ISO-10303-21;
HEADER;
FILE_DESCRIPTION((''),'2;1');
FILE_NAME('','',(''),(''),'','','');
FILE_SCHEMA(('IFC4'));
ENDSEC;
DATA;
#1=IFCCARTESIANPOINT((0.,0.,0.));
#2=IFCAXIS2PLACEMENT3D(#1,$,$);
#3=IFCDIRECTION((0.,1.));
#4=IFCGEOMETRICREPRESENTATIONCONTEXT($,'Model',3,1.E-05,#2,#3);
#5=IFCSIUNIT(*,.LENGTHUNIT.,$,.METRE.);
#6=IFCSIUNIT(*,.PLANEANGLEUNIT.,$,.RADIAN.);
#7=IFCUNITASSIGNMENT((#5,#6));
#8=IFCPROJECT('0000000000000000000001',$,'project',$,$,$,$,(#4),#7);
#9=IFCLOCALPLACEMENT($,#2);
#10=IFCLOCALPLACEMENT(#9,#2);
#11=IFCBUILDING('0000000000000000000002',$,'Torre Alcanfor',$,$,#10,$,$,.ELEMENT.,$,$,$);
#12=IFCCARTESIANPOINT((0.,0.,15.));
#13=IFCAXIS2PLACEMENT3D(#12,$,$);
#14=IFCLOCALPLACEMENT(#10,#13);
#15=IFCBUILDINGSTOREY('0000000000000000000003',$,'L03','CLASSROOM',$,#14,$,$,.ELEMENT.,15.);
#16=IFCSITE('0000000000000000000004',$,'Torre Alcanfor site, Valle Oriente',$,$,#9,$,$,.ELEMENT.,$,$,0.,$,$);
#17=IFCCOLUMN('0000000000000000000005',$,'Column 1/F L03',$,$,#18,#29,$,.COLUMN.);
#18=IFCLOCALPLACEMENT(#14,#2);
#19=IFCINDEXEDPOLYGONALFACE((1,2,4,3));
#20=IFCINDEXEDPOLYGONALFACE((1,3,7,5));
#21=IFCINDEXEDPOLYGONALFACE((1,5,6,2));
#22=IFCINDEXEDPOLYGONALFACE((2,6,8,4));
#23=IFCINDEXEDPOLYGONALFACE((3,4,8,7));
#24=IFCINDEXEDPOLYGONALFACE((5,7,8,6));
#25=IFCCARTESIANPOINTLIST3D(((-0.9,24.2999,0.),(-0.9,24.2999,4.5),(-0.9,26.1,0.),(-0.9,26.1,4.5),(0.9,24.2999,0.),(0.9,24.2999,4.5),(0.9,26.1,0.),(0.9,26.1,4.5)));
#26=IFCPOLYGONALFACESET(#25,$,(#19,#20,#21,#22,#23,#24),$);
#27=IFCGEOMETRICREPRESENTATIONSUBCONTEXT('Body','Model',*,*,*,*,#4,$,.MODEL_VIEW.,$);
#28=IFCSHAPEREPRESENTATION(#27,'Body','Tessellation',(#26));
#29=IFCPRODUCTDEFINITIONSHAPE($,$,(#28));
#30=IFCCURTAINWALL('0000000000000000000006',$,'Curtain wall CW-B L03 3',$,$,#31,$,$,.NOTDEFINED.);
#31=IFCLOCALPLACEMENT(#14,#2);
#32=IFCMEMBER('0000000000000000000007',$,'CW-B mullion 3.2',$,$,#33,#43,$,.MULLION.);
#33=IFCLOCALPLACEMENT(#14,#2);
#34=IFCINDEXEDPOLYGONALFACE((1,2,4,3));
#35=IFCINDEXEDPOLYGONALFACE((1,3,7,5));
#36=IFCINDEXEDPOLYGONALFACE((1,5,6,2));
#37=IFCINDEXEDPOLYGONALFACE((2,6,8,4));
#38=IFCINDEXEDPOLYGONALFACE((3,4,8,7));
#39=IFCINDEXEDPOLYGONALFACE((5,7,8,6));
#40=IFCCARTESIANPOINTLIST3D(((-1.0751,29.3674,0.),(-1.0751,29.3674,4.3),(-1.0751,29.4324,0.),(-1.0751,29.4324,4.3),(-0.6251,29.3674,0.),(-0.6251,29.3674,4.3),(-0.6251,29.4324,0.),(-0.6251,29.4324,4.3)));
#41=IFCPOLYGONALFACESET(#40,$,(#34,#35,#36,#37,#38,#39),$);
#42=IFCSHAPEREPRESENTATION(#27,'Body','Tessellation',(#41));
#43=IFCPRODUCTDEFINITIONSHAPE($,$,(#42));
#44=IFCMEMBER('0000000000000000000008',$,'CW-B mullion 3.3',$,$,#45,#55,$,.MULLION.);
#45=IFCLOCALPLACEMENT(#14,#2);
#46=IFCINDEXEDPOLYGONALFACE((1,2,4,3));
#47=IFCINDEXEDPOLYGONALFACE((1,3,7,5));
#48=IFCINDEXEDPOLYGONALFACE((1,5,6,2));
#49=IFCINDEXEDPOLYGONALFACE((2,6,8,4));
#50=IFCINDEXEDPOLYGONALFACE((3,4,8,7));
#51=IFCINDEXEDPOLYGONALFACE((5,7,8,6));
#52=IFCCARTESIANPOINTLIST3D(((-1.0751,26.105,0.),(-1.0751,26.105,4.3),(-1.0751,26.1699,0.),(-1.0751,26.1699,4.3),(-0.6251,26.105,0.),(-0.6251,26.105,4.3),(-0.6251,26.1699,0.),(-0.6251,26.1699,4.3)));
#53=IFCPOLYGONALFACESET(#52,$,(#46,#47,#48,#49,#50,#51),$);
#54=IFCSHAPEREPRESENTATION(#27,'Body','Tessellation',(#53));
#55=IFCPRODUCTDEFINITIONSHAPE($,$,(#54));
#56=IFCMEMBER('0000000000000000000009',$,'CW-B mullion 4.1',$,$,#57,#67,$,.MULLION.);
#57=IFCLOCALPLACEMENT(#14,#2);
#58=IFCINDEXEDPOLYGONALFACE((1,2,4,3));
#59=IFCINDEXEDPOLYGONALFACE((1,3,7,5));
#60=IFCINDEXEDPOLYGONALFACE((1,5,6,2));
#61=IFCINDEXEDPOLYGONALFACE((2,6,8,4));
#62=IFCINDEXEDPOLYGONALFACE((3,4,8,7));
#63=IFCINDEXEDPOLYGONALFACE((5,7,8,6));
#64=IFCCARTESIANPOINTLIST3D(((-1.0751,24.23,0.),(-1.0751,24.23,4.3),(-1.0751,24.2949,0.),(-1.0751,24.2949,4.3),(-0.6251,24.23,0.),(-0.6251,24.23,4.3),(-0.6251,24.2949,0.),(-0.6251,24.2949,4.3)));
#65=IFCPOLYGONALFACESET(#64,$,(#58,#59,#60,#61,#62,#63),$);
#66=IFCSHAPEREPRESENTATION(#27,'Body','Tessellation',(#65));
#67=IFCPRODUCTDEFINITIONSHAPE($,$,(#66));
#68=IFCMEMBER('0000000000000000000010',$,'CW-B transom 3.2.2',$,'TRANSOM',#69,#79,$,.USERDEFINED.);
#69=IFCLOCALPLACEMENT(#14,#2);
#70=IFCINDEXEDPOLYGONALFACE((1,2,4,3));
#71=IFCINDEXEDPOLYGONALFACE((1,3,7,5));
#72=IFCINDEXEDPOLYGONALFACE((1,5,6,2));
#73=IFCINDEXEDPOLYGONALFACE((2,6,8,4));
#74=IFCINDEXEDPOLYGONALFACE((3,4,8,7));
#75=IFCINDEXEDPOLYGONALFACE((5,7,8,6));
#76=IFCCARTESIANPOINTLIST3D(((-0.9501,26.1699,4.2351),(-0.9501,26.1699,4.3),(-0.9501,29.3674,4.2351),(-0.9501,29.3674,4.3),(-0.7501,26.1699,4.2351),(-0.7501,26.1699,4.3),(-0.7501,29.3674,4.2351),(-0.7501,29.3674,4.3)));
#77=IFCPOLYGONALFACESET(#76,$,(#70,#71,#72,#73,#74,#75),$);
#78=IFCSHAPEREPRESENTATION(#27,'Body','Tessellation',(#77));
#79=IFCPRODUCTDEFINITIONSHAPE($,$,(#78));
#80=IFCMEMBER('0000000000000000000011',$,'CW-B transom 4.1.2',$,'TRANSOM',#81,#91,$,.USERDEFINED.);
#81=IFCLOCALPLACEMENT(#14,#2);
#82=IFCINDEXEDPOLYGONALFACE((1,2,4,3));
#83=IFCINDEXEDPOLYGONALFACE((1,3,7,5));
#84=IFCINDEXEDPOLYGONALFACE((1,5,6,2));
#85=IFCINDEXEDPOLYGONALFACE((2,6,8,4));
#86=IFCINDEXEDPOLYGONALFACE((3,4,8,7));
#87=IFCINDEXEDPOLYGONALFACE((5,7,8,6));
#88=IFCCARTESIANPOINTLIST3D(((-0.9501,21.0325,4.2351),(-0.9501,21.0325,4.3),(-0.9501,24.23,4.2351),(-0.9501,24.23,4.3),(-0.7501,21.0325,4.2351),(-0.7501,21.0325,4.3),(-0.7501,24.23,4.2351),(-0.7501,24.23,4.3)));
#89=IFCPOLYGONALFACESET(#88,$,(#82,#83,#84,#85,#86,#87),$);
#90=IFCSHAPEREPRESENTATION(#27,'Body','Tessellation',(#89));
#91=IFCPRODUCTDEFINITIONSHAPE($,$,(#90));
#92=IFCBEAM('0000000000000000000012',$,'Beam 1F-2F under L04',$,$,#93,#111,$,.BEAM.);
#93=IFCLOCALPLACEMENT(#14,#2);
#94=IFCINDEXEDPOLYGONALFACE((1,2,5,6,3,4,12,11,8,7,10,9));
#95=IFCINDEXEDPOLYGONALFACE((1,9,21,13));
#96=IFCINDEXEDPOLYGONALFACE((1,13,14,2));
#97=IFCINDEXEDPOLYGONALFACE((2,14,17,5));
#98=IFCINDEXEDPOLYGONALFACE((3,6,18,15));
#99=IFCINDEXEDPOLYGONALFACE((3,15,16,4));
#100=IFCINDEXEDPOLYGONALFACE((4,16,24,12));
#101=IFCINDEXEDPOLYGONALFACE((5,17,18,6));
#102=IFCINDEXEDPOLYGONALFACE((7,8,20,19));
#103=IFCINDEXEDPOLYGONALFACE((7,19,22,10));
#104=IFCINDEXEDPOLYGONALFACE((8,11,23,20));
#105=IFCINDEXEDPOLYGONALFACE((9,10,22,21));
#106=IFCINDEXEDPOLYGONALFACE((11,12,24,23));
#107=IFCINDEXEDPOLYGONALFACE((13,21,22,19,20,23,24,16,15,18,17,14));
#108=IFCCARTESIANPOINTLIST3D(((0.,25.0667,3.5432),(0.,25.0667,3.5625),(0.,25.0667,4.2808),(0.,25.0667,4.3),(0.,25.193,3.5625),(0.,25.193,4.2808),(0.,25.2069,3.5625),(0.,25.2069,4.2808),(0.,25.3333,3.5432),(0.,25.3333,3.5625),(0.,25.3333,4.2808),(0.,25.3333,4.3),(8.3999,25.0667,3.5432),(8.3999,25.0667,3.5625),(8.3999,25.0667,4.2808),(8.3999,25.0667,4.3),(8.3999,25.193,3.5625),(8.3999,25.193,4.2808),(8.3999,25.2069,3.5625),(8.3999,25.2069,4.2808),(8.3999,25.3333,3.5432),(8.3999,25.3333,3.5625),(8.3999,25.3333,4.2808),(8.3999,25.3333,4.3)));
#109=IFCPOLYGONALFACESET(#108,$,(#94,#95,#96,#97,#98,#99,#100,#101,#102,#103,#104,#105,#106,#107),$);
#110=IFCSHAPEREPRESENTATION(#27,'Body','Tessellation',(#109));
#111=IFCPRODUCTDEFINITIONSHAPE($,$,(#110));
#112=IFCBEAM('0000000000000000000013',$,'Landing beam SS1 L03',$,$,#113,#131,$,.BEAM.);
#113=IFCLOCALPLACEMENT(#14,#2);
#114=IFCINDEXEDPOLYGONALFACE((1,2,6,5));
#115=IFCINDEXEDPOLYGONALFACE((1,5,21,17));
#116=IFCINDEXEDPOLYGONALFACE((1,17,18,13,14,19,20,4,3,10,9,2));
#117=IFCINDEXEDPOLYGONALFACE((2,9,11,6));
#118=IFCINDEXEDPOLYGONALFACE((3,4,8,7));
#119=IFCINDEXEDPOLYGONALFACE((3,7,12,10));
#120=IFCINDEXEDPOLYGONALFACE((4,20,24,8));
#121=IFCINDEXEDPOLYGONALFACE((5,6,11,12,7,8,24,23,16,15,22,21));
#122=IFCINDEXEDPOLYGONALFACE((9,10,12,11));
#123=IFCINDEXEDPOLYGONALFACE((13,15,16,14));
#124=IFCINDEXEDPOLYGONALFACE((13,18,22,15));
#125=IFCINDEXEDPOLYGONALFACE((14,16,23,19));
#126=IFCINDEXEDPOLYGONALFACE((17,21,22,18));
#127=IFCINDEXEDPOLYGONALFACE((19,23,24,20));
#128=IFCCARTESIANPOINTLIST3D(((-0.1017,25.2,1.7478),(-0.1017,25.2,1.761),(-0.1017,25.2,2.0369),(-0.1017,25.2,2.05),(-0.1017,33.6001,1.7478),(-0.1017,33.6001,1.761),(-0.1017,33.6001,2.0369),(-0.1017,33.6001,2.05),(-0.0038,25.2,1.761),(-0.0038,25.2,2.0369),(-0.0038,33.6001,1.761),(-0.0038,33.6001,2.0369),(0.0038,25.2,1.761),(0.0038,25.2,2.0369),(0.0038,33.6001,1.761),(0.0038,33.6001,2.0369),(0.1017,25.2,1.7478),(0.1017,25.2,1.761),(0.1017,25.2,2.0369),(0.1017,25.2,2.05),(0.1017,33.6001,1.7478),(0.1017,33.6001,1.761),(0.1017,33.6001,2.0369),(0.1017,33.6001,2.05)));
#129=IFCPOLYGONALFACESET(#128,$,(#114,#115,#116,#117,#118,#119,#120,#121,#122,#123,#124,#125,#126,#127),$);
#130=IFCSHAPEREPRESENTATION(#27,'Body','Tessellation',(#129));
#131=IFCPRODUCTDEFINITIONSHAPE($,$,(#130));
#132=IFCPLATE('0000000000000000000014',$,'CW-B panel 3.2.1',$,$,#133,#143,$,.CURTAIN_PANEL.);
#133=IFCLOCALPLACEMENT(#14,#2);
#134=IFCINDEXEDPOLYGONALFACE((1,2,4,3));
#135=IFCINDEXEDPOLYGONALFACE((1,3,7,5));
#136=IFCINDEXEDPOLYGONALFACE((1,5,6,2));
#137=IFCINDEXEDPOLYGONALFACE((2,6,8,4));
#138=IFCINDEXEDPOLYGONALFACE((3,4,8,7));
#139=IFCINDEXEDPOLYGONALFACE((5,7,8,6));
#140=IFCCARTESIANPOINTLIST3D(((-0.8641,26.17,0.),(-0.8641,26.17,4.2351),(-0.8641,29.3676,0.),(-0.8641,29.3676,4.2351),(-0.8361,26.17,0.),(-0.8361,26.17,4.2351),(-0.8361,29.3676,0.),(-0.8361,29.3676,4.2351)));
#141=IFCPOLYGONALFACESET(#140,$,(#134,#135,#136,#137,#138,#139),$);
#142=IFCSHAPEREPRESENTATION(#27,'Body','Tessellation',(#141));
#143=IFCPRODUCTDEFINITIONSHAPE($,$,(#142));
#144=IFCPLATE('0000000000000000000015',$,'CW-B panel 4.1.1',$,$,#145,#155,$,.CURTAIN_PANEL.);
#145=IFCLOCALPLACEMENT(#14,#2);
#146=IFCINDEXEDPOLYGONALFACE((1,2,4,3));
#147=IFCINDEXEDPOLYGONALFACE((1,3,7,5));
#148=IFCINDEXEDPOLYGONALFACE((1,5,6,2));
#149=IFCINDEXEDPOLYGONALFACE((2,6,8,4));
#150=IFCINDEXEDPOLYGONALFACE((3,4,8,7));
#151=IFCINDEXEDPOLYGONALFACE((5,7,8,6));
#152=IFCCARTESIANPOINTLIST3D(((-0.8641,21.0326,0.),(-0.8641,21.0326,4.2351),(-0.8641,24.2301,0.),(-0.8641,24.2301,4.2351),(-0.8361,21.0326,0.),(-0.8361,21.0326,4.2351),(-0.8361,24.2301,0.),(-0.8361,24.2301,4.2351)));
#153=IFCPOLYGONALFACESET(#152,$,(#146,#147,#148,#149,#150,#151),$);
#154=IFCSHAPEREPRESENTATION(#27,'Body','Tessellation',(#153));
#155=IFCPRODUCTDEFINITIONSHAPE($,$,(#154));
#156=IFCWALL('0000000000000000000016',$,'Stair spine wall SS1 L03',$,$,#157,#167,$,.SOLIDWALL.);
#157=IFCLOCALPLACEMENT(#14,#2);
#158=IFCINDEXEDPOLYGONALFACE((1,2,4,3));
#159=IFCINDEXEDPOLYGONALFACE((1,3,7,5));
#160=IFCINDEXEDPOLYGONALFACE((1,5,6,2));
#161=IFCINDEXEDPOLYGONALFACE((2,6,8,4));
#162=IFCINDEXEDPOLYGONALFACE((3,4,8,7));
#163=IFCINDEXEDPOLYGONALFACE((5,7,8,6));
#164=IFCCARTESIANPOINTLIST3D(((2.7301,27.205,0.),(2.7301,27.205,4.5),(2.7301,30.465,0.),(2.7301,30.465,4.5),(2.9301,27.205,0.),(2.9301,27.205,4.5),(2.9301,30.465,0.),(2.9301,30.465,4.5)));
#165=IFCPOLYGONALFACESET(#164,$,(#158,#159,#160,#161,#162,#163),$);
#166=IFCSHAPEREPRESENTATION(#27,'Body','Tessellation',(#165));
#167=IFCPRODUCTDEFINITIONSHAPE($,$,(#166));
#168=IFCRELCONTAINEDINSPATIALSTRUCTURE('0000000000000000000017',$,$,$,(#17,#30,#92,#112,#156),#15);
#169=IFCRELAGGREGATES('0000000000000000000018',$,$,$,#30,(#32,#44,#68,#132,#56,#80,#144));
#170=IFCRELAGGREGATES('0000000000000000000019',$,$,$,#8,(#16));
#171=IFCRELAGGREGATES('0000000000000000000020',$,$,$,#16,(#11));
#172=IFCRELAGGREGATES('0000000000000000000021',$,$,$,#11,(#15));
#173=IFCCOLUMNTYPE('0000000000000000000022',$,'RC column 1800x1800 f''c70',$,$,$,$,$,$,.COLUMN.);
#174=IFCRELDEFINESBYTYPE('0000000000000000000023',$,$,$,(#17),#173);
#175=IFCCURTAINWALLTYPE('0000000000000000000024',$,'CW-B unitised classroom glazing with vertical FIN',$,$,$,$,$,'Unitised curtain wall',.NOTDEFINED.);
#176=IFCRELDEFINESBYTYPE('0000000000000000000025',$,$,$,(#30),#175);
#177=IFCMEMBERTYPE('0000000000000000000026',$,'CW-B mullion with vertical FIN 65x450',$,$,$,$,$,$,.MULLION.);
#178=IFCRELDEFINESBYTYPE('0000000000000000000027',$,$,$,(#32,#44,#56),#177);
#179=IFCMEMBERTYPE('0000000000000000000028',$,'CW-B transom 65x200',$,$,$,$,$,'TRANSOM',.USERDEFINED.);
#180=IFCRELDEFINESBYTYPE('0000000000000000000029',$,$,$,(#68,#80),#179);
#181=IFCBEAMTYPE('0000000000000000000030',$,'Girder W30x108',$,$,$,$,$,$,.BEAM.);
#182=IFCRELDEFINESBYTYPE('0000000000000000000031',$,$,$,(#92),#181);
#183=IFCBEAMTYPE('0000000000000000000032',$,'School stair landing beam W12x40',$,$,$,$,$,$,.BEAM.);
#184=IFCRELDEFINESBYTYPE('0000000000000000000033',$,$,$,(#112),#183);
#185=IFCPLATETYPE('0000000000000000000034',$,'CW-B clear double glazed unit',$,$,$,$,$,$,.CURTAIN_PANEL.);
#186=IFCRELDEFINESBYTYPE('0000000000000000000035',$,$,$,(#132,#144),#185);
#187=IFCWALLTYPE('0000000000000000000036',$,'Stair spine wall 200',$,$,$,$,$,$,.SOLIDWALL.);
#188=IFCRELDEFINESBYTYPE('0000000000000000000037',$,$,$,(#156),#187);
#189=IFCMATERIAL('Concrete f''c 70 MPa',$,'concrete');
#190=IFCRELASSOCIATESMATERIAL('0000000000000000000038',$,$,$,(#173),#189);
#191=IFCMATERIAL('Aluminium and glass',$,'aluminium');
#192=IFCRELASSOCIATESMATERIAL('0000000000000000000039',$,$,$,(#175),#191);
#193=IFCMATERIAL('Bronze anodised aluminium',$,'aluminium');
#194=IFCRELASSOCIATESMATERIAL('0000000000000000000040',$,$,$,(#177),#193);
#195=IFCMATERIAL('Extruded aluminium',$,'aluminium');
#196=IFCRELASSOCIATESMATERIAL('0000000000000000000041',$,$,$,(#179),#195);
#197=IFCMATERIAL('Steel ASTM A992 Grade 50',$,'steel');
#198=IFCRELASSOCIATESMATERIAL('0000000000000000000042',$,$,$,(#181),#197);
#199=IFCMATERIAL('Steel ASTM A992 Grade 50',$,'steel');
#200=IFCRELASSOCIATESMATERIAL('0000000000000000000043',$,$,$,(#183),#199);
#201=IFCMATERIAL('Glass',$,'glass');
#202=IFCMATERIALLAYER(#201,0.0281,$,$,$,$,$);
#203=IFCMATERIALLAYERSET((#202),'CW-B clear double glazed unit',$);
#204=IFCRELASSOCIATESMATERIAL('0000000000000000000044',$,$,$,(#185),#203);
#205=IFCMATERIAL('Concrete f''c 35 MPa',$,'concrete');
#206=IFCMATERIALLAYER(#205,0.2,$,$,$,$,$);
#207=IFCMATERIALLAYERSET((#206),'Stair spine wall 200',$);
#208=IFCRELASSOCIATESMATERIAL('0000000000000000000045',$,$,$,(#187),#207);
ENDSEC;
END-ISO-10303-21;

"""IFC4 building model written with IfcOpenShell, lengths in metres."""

from ifc_helpers import new_model, si_unit, direction, frame, frame_2d, origin, origin_2d, place, context, subcontext, project, spatial, rectangle, i_section, extrude, material, layer, layer_set, material_profile, profile_set, type_object, element, aggregate, save


model = new_model("IFC4")

# Units and contexts
model_context = context("Model", 3, precision=1e-05, world=origin(), true_north=direction((0.0, 1.0)))
body_context = subcontext(model_context, "Body", "Model", "MODEL_VIEW")
ifc_project = project(units=[si_unit("LENGTHUNIT", "METRE"), si_unit("PLANEANGLEUNIT", "RADIAN")], contexts=[model_context])

# Site, building, storey
site_placement = place(None, origin())
site = spatial("IfcSite", under=ifc_project, at=site_placement, Name="Torre Alcanfor site, Valle Oriente", CompositionType="ELEMENT", RefElevation=0.0)
building_placement = place(site_placement, origin())
building = spatial("IfcBuilding", under=site, at=building_placement, Name="Torre Alcanfor", CompositionType="ELEMENT")
storey_placement = place(building_placement, frame((0.0, 0.0, 15.0)))
storey = spatial("IfcBuildingStorey", under=building, at=storey_placement, Name="L03", Description="CLASSROOM", CompositionType="ELEMENT", Elevation=15.0)

# Column
ifc_material_1 = material(Name="Concrete f'c 70 MPa", Category="concrete")
ifc_material_profile_1 = material_profile(ifc_material_1, rectangle(XDim=1.8, YDim=1.8, at=origin_2d()), Name="1800x1800")
ifc_profile_set_1 = profile_set([ifc_material_profile_1], Name="Concrete f'c 70 MPa")
column_type = type_object("IfcColumnType", Name="RC column 1800x1800 f'c70", PredefinedType="COLUMN", material=ifc_profile_set_1)
column_placement = place(storey_placement, frame((0.0, 25.2, 0.0), z_axis=(0.0, 0.0, 1.0), x_axis=(1.0, 0.0, 0.0)))
element("IfcColumn", 1, at=column_placement, inside=storey, type_object=column_type, Name="Column 1/F L03", PredefinedType="COLUMN", context=body_context, shape_type="SweptSolid", body=[
    extrude(rectangle(XDim=1.8, YDim=1.8, at=origin_2d()), origin(), (0.0, 0.0, 1.0), 4.5),
])

# Curtain wall, members
ifc_material_2 = material(Name="Aluminium and glass", Category="aluminium")
curtain_wall_type = type_object("IfcCurtainWallType", Name="CW-B unitised classroom glazing with vertical FIN", ElementType="Unitised curtain wall", PredefinedType="NOTDEFINED", material=ifc_material_2)
curtain_wall_placement = place(storey_placement, origin())
curtain_wall = element("IfcCurtainWall", 2, at=curtain_wall_placement, inside=storey, type_object=curtain_wall_type, Name="Curtain wall CW-B L03 3", PredefinedType="NOTDEFINED")
ifc_material_3 = material(Name="Bronze anodised aluminium", Category="aluminium")
ifc_material_profile_2 = material_profile(ifc_material_3, rectangle(XDim=0.45, YDim=0.0649, at=origin_2d()), Name="CW-B mullion 65x450")
ifc_profile_set_2 = profile_set([ifc_material_profile_2], Name="Bronze anodised aluminium")
member_type_1 = type_object("IfcMemberType", Name="CW-B mullion with vertical FIN 65x450", PredefinedType="MULLION", material=ifc_profile_set_2)
member_1_placement = place(storey_placement, frame((-0.8501, 29.3999, 0.0), z_axis=(0.0, 0.0, 1.0), x_axis=(1.0, 0.0, 0.0)))
member_1 = element("IfcMember", 3, at=member_1_placement, type_object=member_type_1, Name="CW-B mullion 3.2", PredefinedType="MULLION", context=body_context, shape_type="SweptSolid", body=[
    extrude(rectangle(XDim=0.45, YDim=0.0649, at=origin_2d()), origin(), (0.0, 0.0, 1.0), 4.3),
])
member_2_placement = place(storey_placement, frame((-0.8501, 26.1375, 0.0), z_axis=(0.0, 0.0, 1.0), x_axis=(1.0, 0.0, 0.0)))
member_2 = element("IfcMember", 4, at=member_2_placement, type_object=member_type_1, Name="CW-B mullion 3.3", PredefinedType="MULLION", context=body_context, shape_type="SweptSolid", body=[
    extrude(rectangle(XDim=0.45, YDim=0.0649, at=origin_2d()), origin(), (0.0, 0.0, 1.0), 4.3),
])
member_3_placement = place(storey_placement, frame((-0.8501, 24.2625, 0.0), z_axis=(0.0, 0.0, 1.0), x_axis=(1.0, 0.0, 0.0)))
member_3 = element("IfcMember", 5, at=member_3_placement, type_object=member_type_1, Name="CW-B mullion 4.1", PredefinedType="MULLION", context=body_context, shape_type="SweptSolid", body=[
    extrude(rectangle(XDim=0.45, YDim=0.0649, at=origin_2d()), origin(), (0.0, 0.0, 1.0), 4.3),
])
ifc_material_4 = material(Name="Extruded aluminium", Category="aluminium")
ifc_material_profile_3 = material_profile(ifc_material_4, rectangle(XDim=0.2, YDim=0.0649, at=origin_2d()), Name="CW-B transom 200x65")
ifc_profile_set_3 = profile_set([ifc_material_profile_3], Name="Extruded aluminium")
member_type_2 = type_object("IfcMemberType", Name="CW-B transom 65x200", ElementType="TRANSOM", PredefinedType="USERDEFINED", material=ifc_profile_set_3)
member_4_placement = place(storey_placement, frame((-0.8501, 29.3674, 4.2676), z_axis=(0.0, -1.0, 0.0), x_axis=(1.0, 0.0, 0.0)))
member_4 = element("IfcMember", 6, at=member_4_placement, type_object=member_type_2, Name="CW-B transom 3.2.2", ObjectType="TRANSOM", PredefinedType="USERDEFINED", context=body_context, shape_type="SweptSolid", body=[
    extrude(rectangle(XDim=0.2, YDim=0.0649, at=origin_2d()), origin(), (0.0, 0.0, 1.0), 3.1975),
])
member_5_placement = place(storey_placement, frame((-0.8501, 24.23, 4.2676), z_axis=(0.0, -1.0, 0.0), x_axis=(1.0, 0.0, 0.0)))
member_5 = element("IfcMember", 7, at=member_5_placement, type_object=member_type_2, Name="CW-B transom 4.1.2", ObjectType="TRANSOM", PredefinedType="USERDEFINED", context=body_context, shape_type="SweptSolid", body=[
    extrude(rectangle(XDim=0.2, YDim=0.0649, at=origin_2d()), origin(), (0.0, 0.0, 1.0), 3.1975),
])

# Beams
ifc_material_5 = material(Name="Steel ASTM A992 Grade 50", Category="steel")
ifc_material_profile_4 = material_profile(ifc_material_5, i_section(OverallWidth=0.2666, OverallDepth=0.7568, WebThickness=0.0139, FlangeThickness=0.0193, at=origin_2d()), Name="W30x108")
ifc_profile_set_4 = profile_set([ifc_material_profile_4], Name="Steel ASTM A992 Grade 50")
beam_type_1 = type_object("IfcBeamType", Name="Girder W30x108", PredefinedType="BEAM", material=ifc_profile_set_4)
beam_1_placement = place(storey_placement, frame((0.0, 25.2, 3.9216), z_axis=(1.0, 0.0, 0.0), x_axis=(0.0, 1.0, 0.0)))
element("IfcBeam", 8, at=beam_1_placement, inside=storey, type_object=beam_type_1, Name="Beam 1F-2F under L04", PredefinedType="BEAM", context=body_context, shape_type="SweptSolid", body=[
    extrude(i_section(OverallWidth=0.2666, OverallDepth=0.7568, WebThickness=0.0139, FlangeThickness=0.0193, at=origin_2d()), origin(), (0.0, 0.0, 1.0), 8.3999),
])
ifc_material_6 = material(Name="Steel ASTM A992 Grade 50", Category="steel")
ifc_material_profile_5 = material_profile(ifc_material_6, i_section(OverallWidth=0.2034, OverallDepth=0.3022, WebThickness=0.0076, FlangeThickness=0.0132, at=origin_2d()), Name="W12x40")
ifc_profile_set_5 = profile_set([ifc_material_profile_5], Name="Steel ASTM A992 Grade 50")
beam_type_2 = type_object("IfcBeamType", Name="School stair landing beam W12x40", PredefinedType="BEAM", material=ifc_profile_set_5)
beam_2_placement = place(storey_placement, frame((0.0, 25.2, 1.8989), z_axis=(0.0, 1.0, 0.0), x_axis=(-1.0, 0.0, 0.0)))
element("IfcBeam", 9, at=beam_2_placement, inside=storey, type_object=beam_type_2, Name="Landing beam SS1 L03", PredefinedType="BEAM", context=body_context, shape_type="SweptSolid", body=[
    extrude(i_section(OverallWidth=0.2034, OverallDepth=0.3022, WebThickness=0.0076, FlangeThickness=0.0132, at=origin_2d()), origin(), (0.0, 0.0, 1.0), 8.4001),
])

# Plates
ifc_material_7 = material(Name="Glass", Category="glass")
ifc_layer_1 = layer(ifc_material_7, 0.0281)
ifc_layer_set_1 = layer_set([ifc_layer_1], Name="CW-B clear double glazed unit")
plate_type = type_object("IfcPlateType", Name="CW-B clear double glazed unit", PredefinedType="CURTAIN_PANEL", material=ifc_layer_set_1)
plate_1_placement = place(storey_placement, frame((-0.8501, 27.7688, 0.0), z_axis=(0.0, 0.0, 1.0), x_axis=(0.0, -1.0, 0.0)))
plate_1 = element("IfcPlate", 10, at=plate_1_placement, type_object=plate_type, Name="CW-B panel 3.2.1", PredefinedType="CURTAIN_PANEL", context=body_context, shape_type="SweptSolid", body=[
    extrude(rectangle(XDim=3.1975, YDim=0.0281, at=origin_2d()), origin(), (0.0, 0.0, 1.0), 4.2351),
])
plate_2_placement = place(storey_placement, frame((-0.8501, 22.6313, 0.0), z_axis=(0.0, 0.0, 1.0), x_axis=(0.0, -1.0, 0.0)))
plate_2 = element("IfcPlate", 11, at=plate_2_placement, type_object=plate_type, Name="CW-B panel 4.1.1", PredefinedType="CURTAIN_PANEL", context=body_context, shape_type="SweptSolid", body=[
    extrude(rectangle(XDim=3.1975, YDim=0.0281, at=origin_2d()), origin(), (0.0, 0.0, 1.0), 4.2351),
])
aggregate(curtain_wall, [member_1, member_2, member_4, plate_1, member_3, member_5, plate_2])

# Wall
ifc_material_8 = material(Name="Concrete f'c 35 MPa", Category="concrete")
ifc_layer_2 = layer(ifc_material_8, 0.2)
ifc_layer_set_2 = layer_set([ifc_layer_2], Name="Stair spine wall 200")
wall_type = type_object("IfcWallType", Name="Stair spine wall 200", PredefinedType="SOLIDWALL", material=ifc_layer_set_2)
wall_placement = place(storey_placement, frame((2.8301, 27.2051, 0.0), z_axis=(0.0, 0.0, 1.0), x_axis=(0.0, 1.0, 0.0)))
element("IfcWall", 12, at=wall_placement, inside=storey, type_object=wall_type, Name="Stair spine wall SS1 L03", PredefinedType="SOLIDWALL", context=body_context, shape_type="SweptSolid", body=[
    extrude(rectangle(XDim=3.26, YDim=0.2, at=frame_2d((1.6299, 0.0))), origin(), (0.0, 0.0, 1.0), 4.5),
])

save(model, "model.ifc")
